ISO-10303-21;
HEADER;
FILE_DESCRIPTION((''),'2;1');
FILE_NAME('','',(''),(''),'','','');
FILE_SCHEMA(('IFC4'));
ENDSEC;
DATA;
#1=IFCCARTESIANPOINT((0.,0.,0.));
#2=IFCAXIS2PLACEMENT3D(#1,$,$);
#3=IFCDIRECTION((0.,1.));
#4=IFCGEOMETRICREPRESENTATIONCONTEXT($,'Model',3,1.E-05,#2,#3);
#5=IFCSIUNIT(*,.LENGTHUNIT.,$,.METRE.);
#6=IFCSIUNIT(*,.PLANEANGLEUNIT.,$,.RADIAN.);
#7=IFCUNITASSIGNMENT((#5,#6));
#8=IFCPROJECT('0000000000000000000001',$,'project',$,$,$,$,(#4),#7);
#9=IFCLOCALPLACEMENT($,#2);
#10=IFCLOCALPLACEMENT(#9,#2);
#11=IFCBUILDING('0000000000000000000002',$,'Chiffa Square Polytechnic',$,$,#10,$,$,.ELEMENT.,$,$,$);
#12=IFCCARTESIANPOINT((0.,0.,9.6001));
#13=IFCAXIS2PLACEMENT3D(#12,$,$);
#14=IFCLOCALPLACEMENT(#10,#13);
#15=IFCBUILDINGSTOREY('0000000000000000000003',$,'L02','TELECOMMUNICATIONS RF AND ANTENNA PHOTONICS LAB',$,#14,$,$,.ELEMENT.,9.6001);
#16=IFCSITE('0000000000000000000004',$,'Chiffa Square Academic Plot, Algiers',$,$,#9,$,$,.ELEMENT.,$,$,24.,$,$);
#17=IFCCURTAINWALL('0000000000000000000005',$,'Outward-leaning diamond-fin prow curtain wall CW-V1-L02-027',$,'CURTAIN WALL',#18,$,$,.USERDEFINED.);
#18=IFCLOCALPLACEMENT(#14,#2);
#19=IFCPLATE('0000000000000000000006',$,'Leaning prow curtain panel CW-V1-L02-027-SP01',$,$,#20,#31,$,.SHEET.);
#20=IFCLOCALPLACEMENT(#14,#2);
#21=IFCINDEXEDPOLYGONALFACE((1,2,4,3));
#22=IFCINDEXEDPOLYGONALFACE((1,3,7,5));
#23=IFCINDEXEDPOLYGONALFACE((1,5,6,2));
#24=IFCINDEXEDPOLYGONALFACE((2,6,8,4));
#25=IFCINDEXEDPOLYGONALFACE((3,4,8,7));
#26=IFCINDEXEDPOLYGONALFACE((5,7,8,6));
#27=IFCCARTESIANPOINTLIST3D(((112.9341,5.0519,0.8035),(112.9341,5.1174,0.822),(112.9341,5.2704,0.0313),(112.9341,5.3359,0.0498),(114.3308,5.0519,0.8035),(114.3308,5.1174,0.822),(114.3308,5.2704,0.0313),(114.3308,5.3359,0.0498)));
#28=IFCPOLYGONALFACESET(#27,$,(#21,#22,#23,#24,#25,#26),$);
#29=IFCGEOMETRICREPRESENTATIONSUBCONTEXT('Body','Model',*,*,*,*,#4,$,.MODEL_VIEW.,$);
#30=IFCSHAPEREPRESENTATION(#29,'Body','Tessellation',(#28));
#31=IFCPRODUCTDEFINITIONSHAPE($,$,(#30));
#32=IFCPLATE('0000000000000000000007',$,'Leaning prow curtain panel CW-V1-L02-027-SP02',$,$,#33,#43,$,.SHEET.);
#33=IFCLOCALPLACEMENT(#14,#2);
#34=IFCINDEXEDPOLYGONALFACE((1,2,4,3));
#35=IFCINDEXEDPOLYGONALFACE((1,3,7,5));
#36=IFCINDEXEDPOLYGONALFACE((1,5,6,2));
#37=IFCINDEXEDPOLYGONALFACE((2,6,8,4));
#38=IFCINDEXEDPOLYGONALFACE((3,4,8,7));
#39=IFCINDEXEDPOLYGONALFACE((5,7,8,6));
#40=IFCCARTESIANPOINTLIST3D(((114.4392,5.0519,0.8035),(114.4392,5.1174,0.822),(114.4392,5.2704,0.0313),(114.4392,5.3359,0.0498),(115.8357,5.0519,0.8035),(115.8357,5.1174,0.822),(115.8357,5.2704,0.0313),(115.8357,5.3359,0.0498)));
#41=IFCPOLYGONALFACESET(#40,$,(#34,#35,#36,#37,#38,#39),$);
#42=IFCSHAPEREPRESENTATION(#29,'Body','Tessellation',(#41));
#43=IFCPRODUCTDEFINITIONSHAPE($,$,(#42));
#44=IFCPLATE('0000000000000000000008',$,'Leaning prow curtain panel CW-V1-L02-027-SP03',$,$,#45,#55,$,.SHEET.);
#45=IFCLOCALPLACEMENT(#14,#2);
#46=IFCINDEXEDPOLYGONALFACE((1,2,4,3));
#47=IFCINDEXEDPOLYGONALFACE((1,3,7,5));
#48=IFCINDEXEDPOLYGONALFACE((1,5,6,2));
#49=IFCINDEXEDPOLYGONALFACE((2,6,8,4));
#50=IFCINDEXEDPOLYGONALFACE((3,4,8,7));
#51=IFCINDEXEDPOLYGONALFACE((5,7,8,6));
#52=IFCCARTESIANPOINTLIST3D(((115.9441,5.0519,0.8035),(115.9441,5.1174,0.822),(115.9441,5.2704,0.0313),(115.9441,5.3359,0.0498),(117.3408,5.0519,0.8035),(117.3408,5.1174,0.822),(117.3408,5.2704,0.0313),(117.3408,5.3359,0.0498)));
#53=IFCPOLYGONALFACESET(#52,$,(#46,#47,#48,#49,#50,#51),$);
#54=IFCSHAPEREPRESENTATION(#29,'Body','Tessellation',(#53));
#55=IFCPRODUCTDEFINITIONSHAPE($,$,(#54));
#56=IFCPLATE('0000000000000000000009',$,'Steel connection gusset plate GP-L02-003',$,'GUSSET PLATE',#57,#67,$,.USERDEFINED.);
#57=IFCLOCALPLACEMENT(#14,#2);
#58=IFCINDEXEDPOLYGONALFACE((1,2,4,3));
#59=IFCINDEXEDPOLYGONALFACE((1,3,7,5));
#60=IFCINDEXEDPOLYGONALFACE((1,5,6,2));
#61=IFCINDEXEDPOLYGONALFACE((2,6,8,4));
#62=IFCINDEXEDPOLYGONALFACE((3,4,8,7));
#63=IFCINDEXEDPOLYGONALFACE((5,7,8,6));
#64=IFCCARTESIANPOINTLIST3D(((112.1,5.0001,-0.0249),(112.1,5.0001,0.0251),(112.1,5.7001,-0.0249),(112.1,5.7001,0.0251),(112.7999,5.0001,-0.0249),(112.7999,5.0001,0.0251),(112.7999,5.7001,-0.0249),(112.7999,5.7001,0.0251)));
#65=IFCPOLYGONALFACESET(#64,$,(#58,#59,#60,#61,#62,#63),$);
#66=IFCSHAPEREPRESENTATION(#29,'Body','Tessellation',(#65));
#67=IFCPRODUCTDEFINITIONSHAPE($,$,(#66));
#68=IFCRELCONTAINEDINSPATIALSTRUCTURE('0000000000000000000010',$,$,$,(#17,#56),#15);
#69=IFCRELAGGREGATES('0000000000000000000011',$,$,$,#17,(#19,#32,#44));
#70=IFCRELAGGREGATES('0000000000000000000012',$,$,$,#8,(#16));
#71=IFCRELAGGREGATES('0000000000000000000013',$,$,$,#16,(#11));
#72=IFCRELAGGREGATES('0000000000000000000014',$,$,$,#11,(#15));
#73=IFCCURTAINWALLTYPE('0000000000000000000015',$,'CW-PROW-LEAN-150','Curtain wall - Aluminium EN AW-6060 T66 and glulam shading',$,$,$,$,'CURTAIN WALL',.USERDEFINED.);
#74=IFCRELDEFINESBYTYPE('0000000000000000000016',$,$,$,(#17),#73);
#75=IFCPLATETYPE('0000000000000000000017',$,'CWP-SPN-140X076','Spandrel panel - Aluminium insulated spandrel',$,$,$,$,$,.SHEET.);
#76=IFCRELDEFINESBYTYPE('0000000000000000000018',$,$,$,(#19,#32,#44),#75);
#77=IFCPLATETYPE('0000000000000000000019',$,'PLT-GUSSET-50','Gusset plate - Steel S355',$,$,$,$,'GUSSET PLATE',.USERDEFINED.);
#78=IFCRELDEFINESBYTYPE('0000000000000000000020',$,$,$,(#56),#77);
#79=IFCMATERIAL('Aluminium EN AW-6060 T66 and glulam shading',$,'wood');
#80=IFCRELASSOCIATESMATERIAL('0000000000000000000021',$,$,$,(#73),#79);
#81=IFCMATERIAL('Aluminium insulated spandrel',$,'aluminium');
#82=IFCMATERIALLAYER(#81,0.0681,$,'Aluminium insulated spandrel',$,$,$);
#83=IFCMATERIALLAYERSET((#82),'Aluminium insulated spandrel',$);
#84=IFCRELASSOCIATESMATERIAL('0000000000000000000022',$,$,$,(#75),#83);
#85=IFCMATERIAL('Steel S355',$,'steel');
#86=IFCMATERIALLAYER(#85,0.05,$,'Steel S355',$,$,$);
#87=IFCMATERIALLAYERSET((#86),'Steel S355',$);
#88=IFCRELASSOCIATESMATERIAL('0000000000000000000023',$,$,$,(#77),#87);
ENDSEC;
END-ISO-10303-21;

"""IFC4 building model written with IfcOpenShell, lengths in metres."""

from ifc_helpers import new_model, si_unit, direction, frame, origin, origin_2d, place, context, subcontext, project, spatial, polyline, rectangle, outline, extrude, material, layer, layer_set, type_object, element, aggregate, save


model = new_model("IFC4")

# Units and contexts
model_context = context("Model", 3, precision=1e-05, world=origin(), true_north=direction((0.0, 1.0)))
body_context = subcontext(model_context, "Body", "Model", "MODEL_VIEW")
ifc_project = project(units=[si_unit("LENGTHUNIT", "METRE"), si_unit("PLANEANGLEUNIT", "RADIAN")], contexts=[model_context])

# Site, building, storey
site_placement = place(None, origin())
site = spatial("IfcSite", under=ifc_project, at=site_placement, Name="Chiffa Square Academic Plot, Algiers", CompositionType="ELEMENT", RefElevation=24.0)
building_placement = place(site_placement, origin())
building = spatial("IfcBuilding", under=site, at=building_placement, Name="Chiffa Square Polytechnic", CompositionType="ELEMENT")
storey_placement = place(building_placement, frame((0.0, 0.0, 9.6001)))
storey = spatial("IfcBuildingStorey", under=building, at=storey_placement, Name="L02", Description="TELECOMMUNICATIONS RF AND ANTENNA PHOTONICS LAB", CompositionType="ELEMENT", Elevation=9.6001)

# Curtain wall
ifc_material_1 = material(Name="Aluminium EN AW-6060 T66 and glulam shading", Category="wood")
curtain_wall_type_1 = type_object("IfcCurtainWallType", Name="CW-PROW-LEAN-150", Description="Curtain wall - Aluminium EN AW-6060 T66 and glulam shading", ElementType="CURTAIN WALL", PredefinedType="USERDEFINED", material=ifc_material_1)
curtain_wall_1_placement = place(storey_placement, origin())
curtain_wall_1 = element("IfcCurtainWall", 1, at=curtain_wall_1_placement, inside=storey, type_object=curtain_wall_type_1, Name="Outward-leaning diamond-fin prow curtain wall CW-V1-L02-027", ObjectType="CURTAIN WALL", PredefinedType="USERDEFINED")

# Shared definitions
ifc_material_2 = material(Name="Steel S355", Category="steel")

# Plates
ifc_material_3 = material(Name="Aluminium insulated spandrel", Category="aluminium")
ifc_layer_1 = layer(ifc_material_3, 0.0681, Name="Aluminium insulated spandrel")
ifc_layer_set_1 = layer_set([ifc_layer_1], Name="Aluminium insulated spandrel")
plate_type_1 = type_object("IfcPlateType", Name="CWP-SPN-140X076", Description="Spandrel panel - Aluminium insulated spandrel", PredefinedType="SHEET", material=ifc_layer_set_1)
plate_1_placement = place(storey_placement, frame((112.9341, 5.3359, 0.0498), z_axis=(0.0, 0.962221, 0.272269), x_axis=(1.0, 0.0, 0.0)))
plate_1 = element("IfcPlate", 2, at=plate_1_placement, type_object=plate_type_1, Name="Leaning prow curtain panel CW-V1-L02-027-SP01", PredefinedType="SHEET", context=body_context, shape_type="SweptSolid", body=[
    extrude(outline(polyline([(0.0, 0.0), (1.3967, 0.0), (1.3967, -0.8025), (0.0, -0.8025), (0.0, 0.0)])), origin(), (0.0, 0.0, -1.0), 0.0681),
])
plate_2_placement = place(storey_placement, frame((114.4392, 5.3359, 0.0498), z_axis=(0.0, 0.962221, 0.272269), x_axis=(1.0, 0.0, 0.0)))
plate_2 = element("IfcPlate", 3, at=plate_2_placement, type_object=plate_type_1, Name="Leaning prow curtain panel CW-V1-L02-027-SP02", PredefinedType="SHEET", context=body_context, shape_type="SweptSolid", body=[
    extrude(outline(polyline([(0.0, 0.0), (1.3965, 0.0), (1.3965, -0.8025), (0.0, -0.8025), (0.0, 0.0)])), origin(), (0.0, 0.0, -1.0), 0.0681),
])
plate_3_placement = place(storey_placement, frame((115.9441, 5.3359, 0.0498), z_axis=(0.0, 0.962221, 0.272269), x_axis=(1.0, 0.0, 0.0)))
plate_3 = element("IfcPlate", 4, at=plate_3_placement, type_object=plate_type_1, Name="Leaning prow curtain panel CW-V1-L02-027-SP03", PredefinedType="SHEET", context=body_context, shape_type="SweptSolid", body=[
    extrude(outline(polyline([(0.0, 0.0), (1.3967, 0.0), (1.3967, -0.8025), (0.0, -0.8025), (0.0, 0.0)])), origin(), (0.0, 0.0, -1.0), 0.0681),
])
aggregate(curtain_wall_1, [plate_1, plate_2, plate_3])
ifc_layer_2 = layer(ifc_material_2, 0.05, Name="Steel S355")
ifc_layer_set_2 = layer_set([ifc_layer_2], Name="Steel S355")
plate_type_2 = type_object("IfcPlateType", Name="PLT-GUSSET-50", Description="Gusset plate - Steel S355", ElementType="GUSSET PLATE", PredefinedType="USERDEFINED", material=ifc_layer_set_2)
plate_4_placement = place(storey_placement, frame((112.45, 5.3501, -0.0249), z_axis=(0.0, 0.0, 1.0), x_axis=(1.0, 0.0, 0.0)))
element("IfcPlate", 5, at=plate_4_placement, inside=storey, type_object=plate_type_2, Name="Steel connection gusset plate GP-L02-003", ObjectType="GUSSET PLATE", PredefinedType="USERDEFINED", context=body_context, shape_type="SweptSolid", body=[
    extrude(rectangle(XDim=0.7, YDim=0.7, at=origin_2d()), origin(), (0.0, 0.0, 1.0), 0.05),
])

save(model, "model.ifc")
